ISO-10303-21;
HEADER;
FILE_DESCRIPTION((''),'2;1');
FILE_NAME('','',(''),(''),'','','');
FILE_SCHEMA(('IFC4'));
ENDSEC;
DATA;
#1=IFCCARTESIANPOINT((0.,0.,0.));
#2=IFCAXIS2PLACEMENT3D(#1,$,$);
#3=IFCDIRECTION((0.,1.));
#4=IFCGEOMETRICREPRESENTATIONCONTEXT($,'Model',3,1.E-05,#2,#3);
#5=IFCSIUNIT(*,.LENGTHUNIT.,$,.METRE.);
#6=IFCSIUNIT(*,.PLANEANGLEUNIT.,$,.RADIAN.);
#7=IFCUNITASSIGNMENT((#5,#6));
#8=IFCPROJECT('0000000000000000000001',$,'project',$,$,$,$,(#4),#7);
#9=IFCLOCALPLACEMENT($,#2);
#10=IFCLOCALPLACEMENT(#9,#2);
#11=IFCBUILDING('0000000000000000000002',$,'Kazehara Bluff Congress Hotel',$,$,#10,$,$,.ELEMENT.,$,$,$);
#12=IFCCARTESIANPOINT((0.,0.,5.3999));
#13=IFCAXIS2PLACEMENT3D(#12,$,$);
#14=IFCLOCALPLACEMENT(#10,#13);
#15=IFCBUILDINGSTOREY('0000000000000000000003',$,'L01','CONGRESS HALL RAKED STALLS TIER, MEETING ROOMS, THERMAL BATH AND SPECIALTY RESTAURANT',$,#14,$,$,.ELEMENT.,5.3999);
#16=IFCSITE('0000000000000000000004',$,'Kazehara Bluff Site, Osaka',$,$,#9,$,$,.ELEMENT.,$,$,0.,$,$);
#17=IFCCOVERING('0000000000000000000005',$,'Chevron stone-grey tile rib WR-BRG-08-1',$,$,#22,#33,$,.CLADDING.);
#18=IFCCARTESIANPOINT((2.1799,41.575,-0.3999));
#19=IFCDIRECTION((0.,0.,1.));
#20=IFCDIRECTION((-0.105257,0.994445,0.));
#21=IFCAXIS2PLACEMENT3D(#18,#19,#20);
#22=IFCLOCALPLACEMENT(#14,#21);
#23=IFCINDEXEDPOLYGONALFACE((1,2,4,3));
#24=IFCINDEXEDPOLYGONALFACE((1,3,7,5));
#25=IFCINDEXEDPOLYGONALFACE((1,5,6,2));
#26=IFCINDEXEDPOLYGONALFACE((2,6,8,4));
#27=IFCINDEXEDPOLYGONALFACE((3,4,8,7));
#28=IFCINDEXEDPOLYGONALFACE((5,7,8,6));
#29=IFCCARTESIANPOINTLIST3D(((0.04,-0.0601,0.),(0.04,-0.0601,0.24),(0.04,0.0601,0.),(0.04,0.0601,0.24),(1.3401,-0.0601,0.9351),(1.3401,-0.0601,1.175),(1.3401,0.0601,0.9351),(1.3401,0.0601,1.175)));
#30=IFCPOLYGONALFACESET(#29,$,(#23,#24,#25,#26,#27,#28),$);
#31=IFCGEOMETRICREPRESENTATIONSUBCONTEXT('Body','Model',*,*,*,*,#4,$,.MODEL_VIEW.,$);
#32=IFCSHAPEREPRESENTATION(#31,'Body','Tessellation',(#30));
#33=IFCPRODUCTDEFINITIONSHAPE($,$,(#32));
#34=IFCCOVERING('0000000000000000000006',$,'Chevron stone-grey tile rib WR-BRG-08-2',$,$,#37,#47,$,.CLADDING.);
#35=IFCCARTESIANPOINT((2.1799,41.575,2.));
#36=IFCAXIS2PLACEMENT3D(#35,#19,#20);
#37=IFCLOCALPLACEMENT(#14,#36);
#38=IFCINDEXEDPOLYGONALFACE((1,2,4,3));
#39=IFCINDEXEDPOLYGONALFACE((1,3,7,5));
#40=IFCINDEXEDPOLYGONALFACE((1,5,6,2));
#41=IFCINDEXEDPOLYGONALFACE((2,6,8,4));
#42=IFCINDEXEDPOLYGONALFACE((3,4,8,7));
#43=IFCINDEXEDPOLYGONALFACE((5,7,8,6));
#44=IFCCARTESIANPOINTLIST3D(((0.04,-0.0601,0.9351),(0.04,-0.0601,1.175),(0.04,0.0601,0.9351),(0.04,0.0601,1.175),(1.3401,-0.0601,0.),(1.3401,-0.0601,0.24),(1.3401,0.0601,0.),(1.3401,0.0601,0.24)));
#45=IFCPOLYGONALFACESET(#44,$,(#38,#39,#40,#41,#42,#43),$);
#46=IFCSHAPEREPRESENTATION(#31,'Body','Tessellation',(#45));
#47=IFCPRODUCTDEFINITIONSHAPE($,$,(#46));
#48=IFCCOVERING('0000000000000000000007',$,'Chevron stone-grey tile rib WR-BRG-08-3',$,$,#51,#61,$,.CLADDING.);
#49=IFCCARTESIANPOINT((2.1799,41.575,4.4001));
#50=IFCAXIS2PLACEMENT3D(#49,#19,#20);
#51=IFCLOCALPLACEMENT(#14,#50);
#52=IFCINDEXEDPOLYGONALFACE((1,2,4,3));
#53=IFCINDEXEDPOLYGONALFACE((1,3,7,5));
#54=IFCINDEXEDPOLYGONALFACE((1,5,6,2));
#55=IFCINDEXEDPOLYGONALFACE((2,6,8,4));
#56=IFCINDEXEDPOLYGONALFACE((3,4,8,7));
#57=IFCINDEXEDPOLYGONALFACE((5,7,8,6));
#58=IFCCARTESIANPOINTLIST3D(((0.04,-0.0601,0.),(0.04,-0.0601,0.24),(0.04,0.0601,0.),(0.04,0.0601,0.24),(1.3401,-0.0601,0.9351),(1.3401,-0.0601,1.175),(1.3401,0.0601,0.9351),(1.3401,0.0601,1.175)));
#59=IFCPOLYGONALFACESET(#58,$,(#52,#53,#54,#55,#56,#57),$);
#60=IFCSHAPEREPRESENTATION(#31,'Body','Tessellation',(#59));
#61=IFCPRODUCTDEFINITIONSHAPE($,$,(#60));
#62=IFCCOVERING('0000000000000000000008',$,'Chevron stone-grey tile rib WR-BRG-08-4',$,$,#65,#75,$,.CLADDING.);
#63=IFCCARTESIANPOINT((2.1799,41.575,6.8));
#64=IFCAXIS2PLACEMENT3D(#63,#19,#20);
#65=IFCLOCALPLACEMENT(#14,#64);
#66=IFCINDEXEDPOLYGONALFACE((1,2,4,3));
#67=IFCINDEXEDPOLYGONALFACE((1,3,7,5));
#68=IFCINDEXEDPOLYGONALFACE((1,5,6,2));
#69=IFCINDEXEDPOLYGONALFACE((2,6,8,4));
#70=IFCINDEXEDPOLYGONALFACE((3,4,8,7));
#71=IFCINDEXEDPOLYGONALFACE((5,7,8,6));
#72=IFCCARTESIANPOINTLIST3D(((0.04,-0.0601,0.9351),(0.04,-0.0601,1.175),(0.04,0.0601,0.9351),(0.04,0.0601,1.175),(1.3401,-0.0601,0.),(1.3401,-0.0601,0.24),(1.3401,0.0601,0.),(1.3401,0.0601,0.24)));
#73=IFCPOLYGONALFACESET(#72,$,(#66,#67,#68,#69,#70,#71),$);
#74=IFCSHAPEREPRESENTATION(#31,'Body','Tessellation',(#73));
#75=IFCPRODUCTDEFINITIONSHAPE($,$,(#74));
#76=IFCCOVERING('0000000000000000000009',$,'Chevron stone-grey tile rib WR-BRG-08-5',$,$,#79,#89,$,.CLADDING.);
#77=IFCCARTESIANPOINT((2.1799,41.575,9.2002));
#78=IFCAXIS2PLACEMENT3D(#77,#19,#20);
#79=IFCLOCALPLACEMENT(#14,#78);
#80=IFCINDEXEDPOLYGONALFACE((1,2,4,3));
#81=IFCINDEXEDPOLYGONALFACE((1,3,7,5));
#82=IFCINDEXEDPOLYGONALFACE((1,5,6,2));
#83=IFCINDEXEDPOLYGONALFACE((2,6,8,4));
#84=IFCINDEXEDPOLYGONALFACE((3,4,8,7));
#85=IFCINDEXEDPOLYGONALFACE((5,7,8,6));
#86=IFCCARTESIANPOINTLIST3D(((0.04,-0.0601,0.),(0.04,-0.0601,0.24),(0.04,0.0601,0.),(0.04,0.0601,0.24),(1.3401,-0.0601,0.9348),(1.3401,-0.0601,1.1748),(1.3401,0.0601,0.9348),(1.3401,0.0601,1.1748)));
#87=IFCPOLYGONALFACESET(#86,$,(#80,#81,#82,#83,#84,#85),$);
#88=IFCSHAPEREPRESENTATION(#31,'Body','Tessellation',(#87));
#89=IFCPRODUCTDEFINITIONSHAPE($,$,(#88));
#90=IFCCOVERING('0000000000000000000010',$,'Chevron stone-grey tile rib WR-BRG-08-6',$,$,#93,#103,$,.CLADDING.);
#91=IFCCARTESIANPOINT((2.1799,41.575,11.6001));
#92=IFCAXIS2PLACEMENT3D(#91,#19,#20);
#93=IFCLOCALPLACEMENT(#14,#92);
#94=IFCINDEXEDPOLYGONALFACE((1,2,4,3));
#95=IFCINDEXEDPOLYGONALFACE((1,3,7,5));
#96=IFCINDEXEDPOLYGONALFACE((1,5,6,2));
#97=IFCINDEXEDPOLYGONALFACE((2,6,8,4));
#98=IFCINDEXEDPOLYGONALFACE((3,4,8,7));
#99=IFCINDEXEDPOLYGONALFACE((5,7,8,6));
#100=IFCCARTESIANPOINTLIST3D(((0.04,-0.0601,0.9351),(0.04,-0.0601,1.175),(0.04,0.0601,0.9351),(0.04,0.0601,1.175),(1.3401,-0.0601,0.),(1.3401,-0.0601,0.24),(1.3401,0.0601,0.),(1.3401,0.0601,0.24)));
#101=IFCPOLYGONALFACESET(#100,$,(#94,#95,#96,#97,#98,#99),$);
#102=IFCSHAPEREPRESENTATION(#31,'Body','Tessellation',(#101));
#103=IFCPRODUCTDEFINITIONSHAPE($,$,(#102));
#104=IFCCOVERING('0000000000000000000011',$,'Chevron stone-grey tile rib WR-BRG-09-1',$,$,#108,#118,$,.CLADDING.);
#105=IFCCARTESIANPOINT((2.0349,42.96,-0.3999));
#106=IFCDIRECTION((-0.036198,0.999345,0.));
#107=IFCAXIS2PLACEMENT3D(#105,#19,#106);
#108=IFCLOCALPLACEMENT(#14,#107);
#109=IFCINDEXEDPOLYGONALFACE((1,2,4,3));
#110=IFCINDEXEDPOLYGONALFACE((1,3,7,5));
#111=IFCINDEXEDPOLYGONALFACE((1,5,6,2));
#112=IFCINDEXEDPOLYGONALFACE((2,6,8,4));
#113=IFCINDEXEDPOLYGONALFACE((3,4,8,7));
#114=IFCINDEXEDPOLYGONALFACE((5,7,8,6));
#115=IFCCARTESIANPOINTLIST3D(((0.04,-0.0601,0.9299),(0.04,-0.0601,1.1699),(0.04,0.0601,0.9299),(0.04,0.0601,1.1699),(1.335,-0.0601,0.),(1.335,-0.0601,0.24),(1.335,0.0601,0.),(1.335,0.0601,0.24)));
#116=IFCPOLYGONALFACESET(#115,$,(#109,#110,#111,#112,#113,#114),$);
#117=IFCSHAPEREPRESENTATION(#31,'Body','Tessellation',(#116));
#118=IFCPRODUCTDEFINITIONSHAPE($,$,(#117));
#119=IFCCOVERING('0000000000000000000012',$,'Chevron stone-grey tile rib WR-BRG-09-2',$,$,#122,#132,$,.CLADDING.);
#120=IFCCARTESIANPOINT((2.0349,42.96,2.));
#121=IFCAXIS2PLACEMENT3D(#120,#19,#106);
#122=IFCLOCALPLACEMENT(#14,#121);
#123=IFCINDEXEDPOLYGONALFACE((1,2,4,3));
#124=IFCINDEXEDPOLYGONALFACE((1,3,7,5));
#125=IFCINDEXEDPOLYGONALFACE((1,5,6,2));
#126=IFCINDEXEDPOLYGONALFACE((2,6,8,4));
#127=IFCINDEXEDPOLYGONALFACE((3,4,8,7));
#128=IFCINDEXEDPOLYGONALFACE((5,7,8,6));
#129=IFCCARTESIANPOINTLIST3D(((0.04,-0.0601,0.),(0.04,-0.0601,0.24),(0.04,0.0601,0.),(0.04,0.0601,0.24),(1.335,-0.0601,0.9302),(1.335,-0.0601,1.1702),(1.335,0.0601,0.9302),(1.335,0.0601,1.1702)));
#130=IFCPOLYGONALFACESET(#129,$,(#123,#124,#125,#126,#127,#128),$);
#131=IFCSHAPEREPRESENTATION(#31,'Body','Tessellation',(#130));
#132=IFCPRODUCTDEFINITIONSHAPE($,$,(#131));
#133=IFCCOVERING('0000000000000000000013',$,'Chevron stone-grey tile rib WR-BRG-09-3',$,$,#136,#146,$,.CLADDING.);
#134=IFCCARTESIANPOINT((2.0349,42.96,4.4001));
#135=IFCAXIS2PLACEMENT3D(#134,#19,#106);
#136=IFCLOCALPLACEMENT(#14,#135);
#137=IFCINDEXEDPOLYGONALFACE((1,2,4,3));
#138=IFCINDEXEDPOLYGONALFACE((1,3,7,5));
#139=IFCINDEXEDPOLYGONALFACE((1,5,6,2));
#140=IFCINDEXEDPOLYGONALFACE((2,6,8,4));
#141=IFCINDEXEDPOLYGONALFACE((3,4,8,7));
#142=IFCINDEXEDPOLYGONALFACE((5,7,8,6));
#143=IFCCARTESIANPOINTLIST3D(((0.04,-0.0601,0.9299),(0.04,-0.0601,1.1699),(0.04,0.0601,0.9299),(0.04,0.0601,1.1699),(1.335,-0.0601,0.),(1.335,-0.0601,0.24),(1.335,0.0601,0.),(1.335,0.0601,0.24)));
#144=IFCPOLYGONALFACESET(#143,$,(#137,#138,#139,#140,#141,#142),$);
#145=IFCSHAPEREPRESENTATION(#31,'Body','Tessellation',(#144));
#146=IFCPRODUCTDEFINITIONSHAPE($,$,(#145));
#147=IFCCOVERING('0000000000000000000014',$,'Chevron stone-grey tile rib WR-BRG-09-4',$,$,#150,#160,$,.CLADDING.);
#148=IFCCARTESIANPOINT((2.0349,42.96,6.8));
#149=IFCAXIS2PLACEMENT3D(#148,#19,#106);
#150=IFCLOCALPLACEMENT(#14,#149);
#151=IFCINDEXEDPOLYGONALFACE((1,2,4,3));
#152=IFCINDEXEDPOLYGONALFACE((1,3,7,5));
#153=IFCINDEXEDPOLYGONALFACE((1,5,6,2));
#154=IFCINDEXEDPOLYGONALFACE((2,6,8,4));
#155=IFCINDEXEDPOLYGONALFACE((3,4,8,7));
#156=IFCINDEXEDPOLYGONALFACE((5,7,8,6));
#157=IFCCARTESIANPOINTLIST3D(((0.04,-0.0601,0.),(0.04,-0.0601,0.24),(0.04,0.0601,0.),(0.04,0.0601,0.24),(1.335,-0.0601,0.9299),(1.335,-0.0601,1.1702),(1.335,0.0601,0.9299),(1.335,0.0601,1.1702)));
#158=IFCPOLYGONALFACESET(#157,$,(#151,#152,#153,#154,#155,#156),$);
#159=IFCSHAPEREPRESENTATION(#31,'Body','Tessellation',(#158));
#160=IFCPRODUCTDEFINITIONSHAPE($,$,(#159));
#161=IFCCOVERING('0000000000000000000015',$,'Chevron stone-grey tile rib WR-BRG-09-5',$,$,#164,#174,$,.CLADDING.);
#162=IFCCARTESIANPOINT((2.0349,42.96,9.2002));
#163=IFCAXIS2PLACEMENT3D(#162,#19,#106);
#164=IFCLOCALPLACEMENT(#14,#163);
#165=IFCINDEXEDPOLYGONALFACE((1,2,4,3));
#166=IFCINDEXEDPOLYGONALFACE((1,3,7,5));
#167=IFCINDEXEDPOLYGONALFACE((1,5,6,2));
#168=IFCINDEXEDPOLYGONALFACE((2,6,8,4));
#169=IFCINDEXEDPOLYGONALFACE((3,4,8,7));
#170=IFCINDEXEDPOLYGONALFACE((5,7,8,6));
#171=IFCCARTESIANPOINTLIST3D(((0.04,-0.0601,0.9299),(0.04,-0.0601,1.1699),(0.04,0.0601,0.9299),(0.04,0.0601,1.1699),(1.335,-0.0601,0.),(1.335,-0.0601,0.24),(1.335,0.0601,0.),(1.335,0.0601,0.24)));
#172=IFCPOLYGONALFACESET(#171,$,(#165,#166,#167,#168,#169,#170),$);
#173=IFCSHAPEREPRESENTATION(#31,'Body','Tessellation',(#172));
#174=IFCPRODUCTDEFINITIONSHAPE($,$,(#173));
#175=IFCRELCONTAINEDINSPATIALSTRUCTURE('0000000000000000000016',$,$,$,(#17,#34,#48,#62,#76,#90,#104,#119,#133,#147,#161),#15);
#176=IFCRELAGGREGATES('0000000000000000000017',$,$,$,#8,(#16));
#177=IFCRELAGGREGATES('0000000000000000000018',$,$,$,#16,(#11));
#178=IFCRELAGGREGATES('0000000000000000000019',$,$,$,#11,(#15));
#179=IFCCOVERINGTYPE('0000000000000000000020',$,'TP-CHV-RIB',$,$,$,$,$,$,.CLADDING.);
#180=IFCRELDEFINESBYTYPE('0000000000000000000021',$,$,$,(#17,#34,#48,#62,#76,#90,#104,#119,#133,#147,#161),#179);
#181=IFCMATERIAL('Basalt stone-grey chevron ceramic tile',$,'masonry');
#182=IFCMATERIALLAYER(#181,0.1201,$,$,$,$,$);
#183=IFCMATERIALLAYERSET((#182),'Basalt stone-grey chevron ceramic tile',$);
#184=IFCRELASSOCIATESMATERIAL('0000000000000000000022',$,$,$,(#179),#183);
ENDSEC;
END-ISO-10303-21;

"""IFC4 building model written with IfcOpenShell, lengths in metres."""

from ifc_helpers import new_model, si_unit, direction, frame, origin, place, context, subcontext, project, spatial, polyline, outline, extrude, material, layer, layer_set, type_object, element, save


model = new_model("IFC4")

# Units and contexts
model_context = context("Model", 3, precision=1e-05, world=origin(), true_north=direction((0.0, 1.0)))
body_context = subcontext(model_context, "Body", "Model", "MODEL_VIEW")
ifc_project = project(units=[si_unit("LENGTHUNIT", "METRE"), si_unit("PLANEANGLEUNIT", "RADIAN")], contexts=[model_context])

# Site, building, storey
site_placement = place(None, origin())
site = spatial("IfcSite", under=ifc_project, at=site_placement, Name="Kazehara Bluff Site, Osaka", CompositionType="ELEMENT", RefElevation=0.0)
building_placement = place(site_placement, origin())
building = spatial("IfcBuilding", under=site, at=building_placement, Name="Kazehara Bluff Congress Hotel", CompositionType="ELEMENT")
storey_placement = place(building_placement, frame((0.0, 0.0, 5.3999)))
storey = spatial("IfcBuildingStorey", under=building, at=storey_placement, Name="L01", Description="CONGRESS HALL RAKED STALLS TIER, MEETING ROOMS, THERMAL BATH AND SPECIALTY RESTAURANT", CompositionType="ELEMENT", Elevation=5.3999)

# Coverings
ifc_material_1 = material(Name="Basalt stone-grey chevron ceramic tile", Category="masonry")
ifc_layer_1 = layer(ifc_material_1, 0.1201)
ifc_layer_set_1 = layer_set([ifc_layer_1], Name="Basalt stone-grey chevron ceramic tile")
covering_type_1 = type_object("IfcCoveringType", Name="TP-CHV-RIB", PredefinedType="CLADDING", material=ifc_layer_set_1)
covering_1_placement = place(storey_placement, frame((2.1799, 41.575, -0.3999), z_axis=(0.0, 0.0, 1.0), x_axis=(-0.105257, 0.994445, 0.0)))
element("IfcCovering", 1, at=covering_1_placement, inside=storey, type_object=covering_type_1, Name="Chevron stone-grey tile rib WR-BRG-08-1", PredefinedType="CLADDING", context=body_context, shape_type="SweptSolid", body=[
    extrude(outline(polyline([(0.04, 0.0), (1.3401, 0.9351), (1.3401, 1.175), (0.04, 0.24), (0.04, 0.0)])), frame((0.0, 0.0601, 0.0), z_axis=(0.0, -1.0, 0.0), x_axis=(1.0, 0.0, 0.0)), (0.0, 0.0, 1.0), 0.1201),
])
covering_2_placement = place(storey_placement, frame((2.1799, 41.575, 2.0), z_axis=(0.0, 0.0, 1.0), x_axis=(-0.105257, 0.994445, 0.0)))
element("IfcCovering", 2, at=covering_2_placement, inside=storey, type_object=covering_type_1, Name="Chevron stone-grey tile rib WR-BRG-08-2", PredefinedType="CLADDING", context=body_context, shape_type="SweptSolid", body=[
    extrude(outline(polyline([(0.04, 0.9351), (1.3401, 0.0), (1.3401, 0.24), (0.04, 1.175), (0.04, 0.9351)])), frame((0.0, 0.0601, 0.0), z_axis=(0.0, -1.0, 0.0), x_axis=(1.0, 0.0, 0.0)), (0.0, 0.0, 1.0), 0.1201),
])
covering_3_placement = place(storey_placement, frame((2.1799, 41.575, 4.4001), z_axis=(0.0, 0.0, 1.0), x_axis=(-0.105257, 0.994445, 0.0)))
element("IfcCovering", 3, at=covering_3_placement, inside=storey, type_object=covering_type_1, Name="Chevron stone-grey tile rib WR-BRG-08-3", PredefinedType="CLADDING", context=body_context, shape_type="SweptSolid", body=[
    extrude(outline(polyline([(0.04, 0.0), (1.3401, 0.9351), (1.3401, 1.175), (0.04, 0.24), (0.04, 0.0)])), frame((0.0, 0.0601, 0.0), z_axis=(0.0, -1.0, 0.0), x_axis=(1.0, 0.0, 0.0)), (0.0, 0.0, 1.0), 0.1201),
])
covering_4_placement = place(storey_placement, frame((2.1799, 41.575, 6.8), z_axis=(0.0, 0.0, 1.0), x_axis=(-0.105257, 0.994445, 0.0)))
element("IfcCovering", 4, at=covering_4_placement, inside=storey, type_object=covering_type_1, Name="Chevron stone-grey tile rib WR-BRG-08-4", PredefinedType="CLADDING", context=body_context, shape_type="SweptSolid", body=[
    extrude(outline(polyline([(0.04, 0.9351), (1.3401, 0.0), (1.3401, 0.24), (0.04, 1.175), (0.04, 0.9351)])), frame((0.0, 0.0601, 0.0), z_axis=(0.0, -1.0, 0.0), x_axis=(1.0, 0.0, 0.0)), (0.0, 0.0, 1.0), 0.1201),
])
covering_5_placement = place(storey_placement, frame((2.1799, 41.575, 9.2002), z_axis=(0.0, 0.0, 1.0), x_axis=(-0.105257, 0.994445, 0.0)))
element("IfcCovering", 5, at=covering_5_placement, inside=storey, type_object=covering_type_1, Name="Chevron stone-grey tile rib WR-BRG-08-5", PredefinedType="CLADDING", context=body_context, shape_type="SweptSolid", body=[
    extrude(outline(polyline([(0.04, 0.0), (1.3401, 0.9348), (1.3401, 1.1748), (0.04, 0.24), (0.04, 0.0)])), frame((0.0, 0.0601, 0.0), z_axis=(0.0, -1.0, 0.0), x_axis=(1.0, 0.0, 0.0)), (0.0, 0.0, 1.0), 0.1201),
])
covering_6_placement = place(storey_placement, frame((2.1799, 41.575, 11.6001), z_axis=(0.0, 0.0, 1.0), x_axis=(-0.105257, 0.994445, 0.0)))
element("IfcCovering", 6, at=covering_6_placement, inside=storey, type_object=covering_type_1, Name="Chevron stone-grey tile rib WR-BRG-08-6", PredefinedType="CLADDING", context=body_context, shape_type="SweptSolid", body=[
    extrude(outline(polyline([(0.04, 0.9351), (1.3401, 0.0), (1.3401, 0.24), (0.04, 1.175), (0.04, 0.9351)])), frame((0.0, 0.0601, 0.0), z_axis=(0.0, -1.0, 0.0), x_axis=(1.0, 0.0, 0.0)), (0.0, 0.0, 1.0), 0.1201),
])
covering_7_placement = place(storey_placement, frame((2.0349, 42.96, -0.3999), z_axis=(0.0, 0.0, 1.0), x_axis=(-0.036198, 0.999345, 0.0)))
element("IfcCovering", 7, at=covering_7_placement, inside=storey, type_object=covering_type_1, Name="Chevron stone-grey tile rib WR-BRG-09-1", PredefinedType="CLADDING", context=body_context, shape_type="SweptSolid", body=[
    extrude(outline(polyline([(0.04, 0.9299), (1.335, 0.0), (1.335, 0.24), (0.04, 1.1699), (0.04, 0.9299)])), frame((0.0, 0.0601, 0.0), z_axis=(0.0, -1.0, 0.0), x_axis=(1.0, 0.0, 0.0)), (0.0, 0.0, 1.0), 0.1201),
])
covering_8_placement = place(storey_placement, frame((2.0349, 42.96, 2.0), z_axis=(0.0, 0.0, 1.0), x_axis=(-0.036198, 0.999345, 0.0)))
element("IfcCovering", 8, at=covering_8_placement, inside=storey, type_object=covering_type_1, Name="Chevron stone-grey tile rib WR-BRG-09-2", PredefinedType="CLADDING", context=body_context, shape_type="SweptSolid", body=[
    extrude(outline(polyline([(0.04, 0.0), (1.335, 0.9302), (1.335, 1.1702), (0.04, 0.24), (0.04, 0.0)])), frame((0.0, 0.0601, 0.0), z_axis=(0.0, -1.0, 0.0), x_axis=(1.0, 0.0, 0.0)), (0.0, 0.0, 1.0), 0.1201),
])
covering_9_placement = place(storey_placement, frame((2.0349, 42.96, 4.4001), z_axis=(0.0, 0.0, 1.0), x_axis=(-0.036198, 0.999345, 0.0)))
element("IfcCovering", 9, at=covering_9_placement, inside=storey, type_object=covering_type_1, Name="Chevron stone-grey tile rib WR-BRG-09-3", PredefinedType="CLADDING", context=body_context, shape_type="SweptSolid", body=[
    extrude(outline(polyline([(0.04, 0.9299), (1.335, 0.0), (1.335, 0.24), (0.04, 1.1699), (0.04, 0.9299)])), frame((0.0, 0.0601, 0.0), z_axis=(0.0, -1.0, 0.0), x_axis=(1.0, 0.0, 0.0)), (0.0, 0.0, 1.0), 0.1201),
])
covering_10_placement = place(storey_placement, frame((2.0349, 42.96, 6.8), z_axis=(0.0, 0.0, 1.0), x_axis=(-0.036198, 0.999345, 0.0)))
element("IfcCovering", 10, at=covering_10_placement, inside=storey, type_object=covering_type_1, Name="Chevron stone-grey tile rib WR-BRG-09-4", PredefinedType="CLADDING", context=body_context, shape_type="SweptSolid", body=[
    extrude(outline(polyline([(0.04, 0.0), (1.335, 0.9299), (1.335, 1.1702), (0.04, 0.24), (0.04, 0.0)])), frame((0.0, 0.0601, 0.0), z_axis=(0.0, -1.0, 0.0), x_axis=(1.0, 0.0, 0.0)), (0.0, 0.0, 1.0), 0.1201),
])
covering_11_placement = place(storey_placement, frame((2.0349, 42.96, 9.2002), z_axis=(0.0, 0.0, 1.0), x_axis=(-0.036198, 0.999345, 0.0)))
element("IfcCovering", 11, at=covering_11_placement, inside=storey, type_object=covering_type_1, Name="Chevron stone-grey tile rib WR-BRG-09-5", PredefinedType="CLADDING", context=body_context, shape_type="SweptSolid", body=[
    extrude(outline(polyline([(0.04, 0.9299), (1.335, 0.0), (1.335, 0.24), (0.04, 1.1699), (0.04, 0.9299)])), frame((0.0, 0.0601, 0.0), z_axis=(0.0, -1.0, 0.0), x_axis=(1.0, 0.0, 0.0)), (0.0, 0.0, 1.0), 0.1201),
])

save(model, "model.ifc")
